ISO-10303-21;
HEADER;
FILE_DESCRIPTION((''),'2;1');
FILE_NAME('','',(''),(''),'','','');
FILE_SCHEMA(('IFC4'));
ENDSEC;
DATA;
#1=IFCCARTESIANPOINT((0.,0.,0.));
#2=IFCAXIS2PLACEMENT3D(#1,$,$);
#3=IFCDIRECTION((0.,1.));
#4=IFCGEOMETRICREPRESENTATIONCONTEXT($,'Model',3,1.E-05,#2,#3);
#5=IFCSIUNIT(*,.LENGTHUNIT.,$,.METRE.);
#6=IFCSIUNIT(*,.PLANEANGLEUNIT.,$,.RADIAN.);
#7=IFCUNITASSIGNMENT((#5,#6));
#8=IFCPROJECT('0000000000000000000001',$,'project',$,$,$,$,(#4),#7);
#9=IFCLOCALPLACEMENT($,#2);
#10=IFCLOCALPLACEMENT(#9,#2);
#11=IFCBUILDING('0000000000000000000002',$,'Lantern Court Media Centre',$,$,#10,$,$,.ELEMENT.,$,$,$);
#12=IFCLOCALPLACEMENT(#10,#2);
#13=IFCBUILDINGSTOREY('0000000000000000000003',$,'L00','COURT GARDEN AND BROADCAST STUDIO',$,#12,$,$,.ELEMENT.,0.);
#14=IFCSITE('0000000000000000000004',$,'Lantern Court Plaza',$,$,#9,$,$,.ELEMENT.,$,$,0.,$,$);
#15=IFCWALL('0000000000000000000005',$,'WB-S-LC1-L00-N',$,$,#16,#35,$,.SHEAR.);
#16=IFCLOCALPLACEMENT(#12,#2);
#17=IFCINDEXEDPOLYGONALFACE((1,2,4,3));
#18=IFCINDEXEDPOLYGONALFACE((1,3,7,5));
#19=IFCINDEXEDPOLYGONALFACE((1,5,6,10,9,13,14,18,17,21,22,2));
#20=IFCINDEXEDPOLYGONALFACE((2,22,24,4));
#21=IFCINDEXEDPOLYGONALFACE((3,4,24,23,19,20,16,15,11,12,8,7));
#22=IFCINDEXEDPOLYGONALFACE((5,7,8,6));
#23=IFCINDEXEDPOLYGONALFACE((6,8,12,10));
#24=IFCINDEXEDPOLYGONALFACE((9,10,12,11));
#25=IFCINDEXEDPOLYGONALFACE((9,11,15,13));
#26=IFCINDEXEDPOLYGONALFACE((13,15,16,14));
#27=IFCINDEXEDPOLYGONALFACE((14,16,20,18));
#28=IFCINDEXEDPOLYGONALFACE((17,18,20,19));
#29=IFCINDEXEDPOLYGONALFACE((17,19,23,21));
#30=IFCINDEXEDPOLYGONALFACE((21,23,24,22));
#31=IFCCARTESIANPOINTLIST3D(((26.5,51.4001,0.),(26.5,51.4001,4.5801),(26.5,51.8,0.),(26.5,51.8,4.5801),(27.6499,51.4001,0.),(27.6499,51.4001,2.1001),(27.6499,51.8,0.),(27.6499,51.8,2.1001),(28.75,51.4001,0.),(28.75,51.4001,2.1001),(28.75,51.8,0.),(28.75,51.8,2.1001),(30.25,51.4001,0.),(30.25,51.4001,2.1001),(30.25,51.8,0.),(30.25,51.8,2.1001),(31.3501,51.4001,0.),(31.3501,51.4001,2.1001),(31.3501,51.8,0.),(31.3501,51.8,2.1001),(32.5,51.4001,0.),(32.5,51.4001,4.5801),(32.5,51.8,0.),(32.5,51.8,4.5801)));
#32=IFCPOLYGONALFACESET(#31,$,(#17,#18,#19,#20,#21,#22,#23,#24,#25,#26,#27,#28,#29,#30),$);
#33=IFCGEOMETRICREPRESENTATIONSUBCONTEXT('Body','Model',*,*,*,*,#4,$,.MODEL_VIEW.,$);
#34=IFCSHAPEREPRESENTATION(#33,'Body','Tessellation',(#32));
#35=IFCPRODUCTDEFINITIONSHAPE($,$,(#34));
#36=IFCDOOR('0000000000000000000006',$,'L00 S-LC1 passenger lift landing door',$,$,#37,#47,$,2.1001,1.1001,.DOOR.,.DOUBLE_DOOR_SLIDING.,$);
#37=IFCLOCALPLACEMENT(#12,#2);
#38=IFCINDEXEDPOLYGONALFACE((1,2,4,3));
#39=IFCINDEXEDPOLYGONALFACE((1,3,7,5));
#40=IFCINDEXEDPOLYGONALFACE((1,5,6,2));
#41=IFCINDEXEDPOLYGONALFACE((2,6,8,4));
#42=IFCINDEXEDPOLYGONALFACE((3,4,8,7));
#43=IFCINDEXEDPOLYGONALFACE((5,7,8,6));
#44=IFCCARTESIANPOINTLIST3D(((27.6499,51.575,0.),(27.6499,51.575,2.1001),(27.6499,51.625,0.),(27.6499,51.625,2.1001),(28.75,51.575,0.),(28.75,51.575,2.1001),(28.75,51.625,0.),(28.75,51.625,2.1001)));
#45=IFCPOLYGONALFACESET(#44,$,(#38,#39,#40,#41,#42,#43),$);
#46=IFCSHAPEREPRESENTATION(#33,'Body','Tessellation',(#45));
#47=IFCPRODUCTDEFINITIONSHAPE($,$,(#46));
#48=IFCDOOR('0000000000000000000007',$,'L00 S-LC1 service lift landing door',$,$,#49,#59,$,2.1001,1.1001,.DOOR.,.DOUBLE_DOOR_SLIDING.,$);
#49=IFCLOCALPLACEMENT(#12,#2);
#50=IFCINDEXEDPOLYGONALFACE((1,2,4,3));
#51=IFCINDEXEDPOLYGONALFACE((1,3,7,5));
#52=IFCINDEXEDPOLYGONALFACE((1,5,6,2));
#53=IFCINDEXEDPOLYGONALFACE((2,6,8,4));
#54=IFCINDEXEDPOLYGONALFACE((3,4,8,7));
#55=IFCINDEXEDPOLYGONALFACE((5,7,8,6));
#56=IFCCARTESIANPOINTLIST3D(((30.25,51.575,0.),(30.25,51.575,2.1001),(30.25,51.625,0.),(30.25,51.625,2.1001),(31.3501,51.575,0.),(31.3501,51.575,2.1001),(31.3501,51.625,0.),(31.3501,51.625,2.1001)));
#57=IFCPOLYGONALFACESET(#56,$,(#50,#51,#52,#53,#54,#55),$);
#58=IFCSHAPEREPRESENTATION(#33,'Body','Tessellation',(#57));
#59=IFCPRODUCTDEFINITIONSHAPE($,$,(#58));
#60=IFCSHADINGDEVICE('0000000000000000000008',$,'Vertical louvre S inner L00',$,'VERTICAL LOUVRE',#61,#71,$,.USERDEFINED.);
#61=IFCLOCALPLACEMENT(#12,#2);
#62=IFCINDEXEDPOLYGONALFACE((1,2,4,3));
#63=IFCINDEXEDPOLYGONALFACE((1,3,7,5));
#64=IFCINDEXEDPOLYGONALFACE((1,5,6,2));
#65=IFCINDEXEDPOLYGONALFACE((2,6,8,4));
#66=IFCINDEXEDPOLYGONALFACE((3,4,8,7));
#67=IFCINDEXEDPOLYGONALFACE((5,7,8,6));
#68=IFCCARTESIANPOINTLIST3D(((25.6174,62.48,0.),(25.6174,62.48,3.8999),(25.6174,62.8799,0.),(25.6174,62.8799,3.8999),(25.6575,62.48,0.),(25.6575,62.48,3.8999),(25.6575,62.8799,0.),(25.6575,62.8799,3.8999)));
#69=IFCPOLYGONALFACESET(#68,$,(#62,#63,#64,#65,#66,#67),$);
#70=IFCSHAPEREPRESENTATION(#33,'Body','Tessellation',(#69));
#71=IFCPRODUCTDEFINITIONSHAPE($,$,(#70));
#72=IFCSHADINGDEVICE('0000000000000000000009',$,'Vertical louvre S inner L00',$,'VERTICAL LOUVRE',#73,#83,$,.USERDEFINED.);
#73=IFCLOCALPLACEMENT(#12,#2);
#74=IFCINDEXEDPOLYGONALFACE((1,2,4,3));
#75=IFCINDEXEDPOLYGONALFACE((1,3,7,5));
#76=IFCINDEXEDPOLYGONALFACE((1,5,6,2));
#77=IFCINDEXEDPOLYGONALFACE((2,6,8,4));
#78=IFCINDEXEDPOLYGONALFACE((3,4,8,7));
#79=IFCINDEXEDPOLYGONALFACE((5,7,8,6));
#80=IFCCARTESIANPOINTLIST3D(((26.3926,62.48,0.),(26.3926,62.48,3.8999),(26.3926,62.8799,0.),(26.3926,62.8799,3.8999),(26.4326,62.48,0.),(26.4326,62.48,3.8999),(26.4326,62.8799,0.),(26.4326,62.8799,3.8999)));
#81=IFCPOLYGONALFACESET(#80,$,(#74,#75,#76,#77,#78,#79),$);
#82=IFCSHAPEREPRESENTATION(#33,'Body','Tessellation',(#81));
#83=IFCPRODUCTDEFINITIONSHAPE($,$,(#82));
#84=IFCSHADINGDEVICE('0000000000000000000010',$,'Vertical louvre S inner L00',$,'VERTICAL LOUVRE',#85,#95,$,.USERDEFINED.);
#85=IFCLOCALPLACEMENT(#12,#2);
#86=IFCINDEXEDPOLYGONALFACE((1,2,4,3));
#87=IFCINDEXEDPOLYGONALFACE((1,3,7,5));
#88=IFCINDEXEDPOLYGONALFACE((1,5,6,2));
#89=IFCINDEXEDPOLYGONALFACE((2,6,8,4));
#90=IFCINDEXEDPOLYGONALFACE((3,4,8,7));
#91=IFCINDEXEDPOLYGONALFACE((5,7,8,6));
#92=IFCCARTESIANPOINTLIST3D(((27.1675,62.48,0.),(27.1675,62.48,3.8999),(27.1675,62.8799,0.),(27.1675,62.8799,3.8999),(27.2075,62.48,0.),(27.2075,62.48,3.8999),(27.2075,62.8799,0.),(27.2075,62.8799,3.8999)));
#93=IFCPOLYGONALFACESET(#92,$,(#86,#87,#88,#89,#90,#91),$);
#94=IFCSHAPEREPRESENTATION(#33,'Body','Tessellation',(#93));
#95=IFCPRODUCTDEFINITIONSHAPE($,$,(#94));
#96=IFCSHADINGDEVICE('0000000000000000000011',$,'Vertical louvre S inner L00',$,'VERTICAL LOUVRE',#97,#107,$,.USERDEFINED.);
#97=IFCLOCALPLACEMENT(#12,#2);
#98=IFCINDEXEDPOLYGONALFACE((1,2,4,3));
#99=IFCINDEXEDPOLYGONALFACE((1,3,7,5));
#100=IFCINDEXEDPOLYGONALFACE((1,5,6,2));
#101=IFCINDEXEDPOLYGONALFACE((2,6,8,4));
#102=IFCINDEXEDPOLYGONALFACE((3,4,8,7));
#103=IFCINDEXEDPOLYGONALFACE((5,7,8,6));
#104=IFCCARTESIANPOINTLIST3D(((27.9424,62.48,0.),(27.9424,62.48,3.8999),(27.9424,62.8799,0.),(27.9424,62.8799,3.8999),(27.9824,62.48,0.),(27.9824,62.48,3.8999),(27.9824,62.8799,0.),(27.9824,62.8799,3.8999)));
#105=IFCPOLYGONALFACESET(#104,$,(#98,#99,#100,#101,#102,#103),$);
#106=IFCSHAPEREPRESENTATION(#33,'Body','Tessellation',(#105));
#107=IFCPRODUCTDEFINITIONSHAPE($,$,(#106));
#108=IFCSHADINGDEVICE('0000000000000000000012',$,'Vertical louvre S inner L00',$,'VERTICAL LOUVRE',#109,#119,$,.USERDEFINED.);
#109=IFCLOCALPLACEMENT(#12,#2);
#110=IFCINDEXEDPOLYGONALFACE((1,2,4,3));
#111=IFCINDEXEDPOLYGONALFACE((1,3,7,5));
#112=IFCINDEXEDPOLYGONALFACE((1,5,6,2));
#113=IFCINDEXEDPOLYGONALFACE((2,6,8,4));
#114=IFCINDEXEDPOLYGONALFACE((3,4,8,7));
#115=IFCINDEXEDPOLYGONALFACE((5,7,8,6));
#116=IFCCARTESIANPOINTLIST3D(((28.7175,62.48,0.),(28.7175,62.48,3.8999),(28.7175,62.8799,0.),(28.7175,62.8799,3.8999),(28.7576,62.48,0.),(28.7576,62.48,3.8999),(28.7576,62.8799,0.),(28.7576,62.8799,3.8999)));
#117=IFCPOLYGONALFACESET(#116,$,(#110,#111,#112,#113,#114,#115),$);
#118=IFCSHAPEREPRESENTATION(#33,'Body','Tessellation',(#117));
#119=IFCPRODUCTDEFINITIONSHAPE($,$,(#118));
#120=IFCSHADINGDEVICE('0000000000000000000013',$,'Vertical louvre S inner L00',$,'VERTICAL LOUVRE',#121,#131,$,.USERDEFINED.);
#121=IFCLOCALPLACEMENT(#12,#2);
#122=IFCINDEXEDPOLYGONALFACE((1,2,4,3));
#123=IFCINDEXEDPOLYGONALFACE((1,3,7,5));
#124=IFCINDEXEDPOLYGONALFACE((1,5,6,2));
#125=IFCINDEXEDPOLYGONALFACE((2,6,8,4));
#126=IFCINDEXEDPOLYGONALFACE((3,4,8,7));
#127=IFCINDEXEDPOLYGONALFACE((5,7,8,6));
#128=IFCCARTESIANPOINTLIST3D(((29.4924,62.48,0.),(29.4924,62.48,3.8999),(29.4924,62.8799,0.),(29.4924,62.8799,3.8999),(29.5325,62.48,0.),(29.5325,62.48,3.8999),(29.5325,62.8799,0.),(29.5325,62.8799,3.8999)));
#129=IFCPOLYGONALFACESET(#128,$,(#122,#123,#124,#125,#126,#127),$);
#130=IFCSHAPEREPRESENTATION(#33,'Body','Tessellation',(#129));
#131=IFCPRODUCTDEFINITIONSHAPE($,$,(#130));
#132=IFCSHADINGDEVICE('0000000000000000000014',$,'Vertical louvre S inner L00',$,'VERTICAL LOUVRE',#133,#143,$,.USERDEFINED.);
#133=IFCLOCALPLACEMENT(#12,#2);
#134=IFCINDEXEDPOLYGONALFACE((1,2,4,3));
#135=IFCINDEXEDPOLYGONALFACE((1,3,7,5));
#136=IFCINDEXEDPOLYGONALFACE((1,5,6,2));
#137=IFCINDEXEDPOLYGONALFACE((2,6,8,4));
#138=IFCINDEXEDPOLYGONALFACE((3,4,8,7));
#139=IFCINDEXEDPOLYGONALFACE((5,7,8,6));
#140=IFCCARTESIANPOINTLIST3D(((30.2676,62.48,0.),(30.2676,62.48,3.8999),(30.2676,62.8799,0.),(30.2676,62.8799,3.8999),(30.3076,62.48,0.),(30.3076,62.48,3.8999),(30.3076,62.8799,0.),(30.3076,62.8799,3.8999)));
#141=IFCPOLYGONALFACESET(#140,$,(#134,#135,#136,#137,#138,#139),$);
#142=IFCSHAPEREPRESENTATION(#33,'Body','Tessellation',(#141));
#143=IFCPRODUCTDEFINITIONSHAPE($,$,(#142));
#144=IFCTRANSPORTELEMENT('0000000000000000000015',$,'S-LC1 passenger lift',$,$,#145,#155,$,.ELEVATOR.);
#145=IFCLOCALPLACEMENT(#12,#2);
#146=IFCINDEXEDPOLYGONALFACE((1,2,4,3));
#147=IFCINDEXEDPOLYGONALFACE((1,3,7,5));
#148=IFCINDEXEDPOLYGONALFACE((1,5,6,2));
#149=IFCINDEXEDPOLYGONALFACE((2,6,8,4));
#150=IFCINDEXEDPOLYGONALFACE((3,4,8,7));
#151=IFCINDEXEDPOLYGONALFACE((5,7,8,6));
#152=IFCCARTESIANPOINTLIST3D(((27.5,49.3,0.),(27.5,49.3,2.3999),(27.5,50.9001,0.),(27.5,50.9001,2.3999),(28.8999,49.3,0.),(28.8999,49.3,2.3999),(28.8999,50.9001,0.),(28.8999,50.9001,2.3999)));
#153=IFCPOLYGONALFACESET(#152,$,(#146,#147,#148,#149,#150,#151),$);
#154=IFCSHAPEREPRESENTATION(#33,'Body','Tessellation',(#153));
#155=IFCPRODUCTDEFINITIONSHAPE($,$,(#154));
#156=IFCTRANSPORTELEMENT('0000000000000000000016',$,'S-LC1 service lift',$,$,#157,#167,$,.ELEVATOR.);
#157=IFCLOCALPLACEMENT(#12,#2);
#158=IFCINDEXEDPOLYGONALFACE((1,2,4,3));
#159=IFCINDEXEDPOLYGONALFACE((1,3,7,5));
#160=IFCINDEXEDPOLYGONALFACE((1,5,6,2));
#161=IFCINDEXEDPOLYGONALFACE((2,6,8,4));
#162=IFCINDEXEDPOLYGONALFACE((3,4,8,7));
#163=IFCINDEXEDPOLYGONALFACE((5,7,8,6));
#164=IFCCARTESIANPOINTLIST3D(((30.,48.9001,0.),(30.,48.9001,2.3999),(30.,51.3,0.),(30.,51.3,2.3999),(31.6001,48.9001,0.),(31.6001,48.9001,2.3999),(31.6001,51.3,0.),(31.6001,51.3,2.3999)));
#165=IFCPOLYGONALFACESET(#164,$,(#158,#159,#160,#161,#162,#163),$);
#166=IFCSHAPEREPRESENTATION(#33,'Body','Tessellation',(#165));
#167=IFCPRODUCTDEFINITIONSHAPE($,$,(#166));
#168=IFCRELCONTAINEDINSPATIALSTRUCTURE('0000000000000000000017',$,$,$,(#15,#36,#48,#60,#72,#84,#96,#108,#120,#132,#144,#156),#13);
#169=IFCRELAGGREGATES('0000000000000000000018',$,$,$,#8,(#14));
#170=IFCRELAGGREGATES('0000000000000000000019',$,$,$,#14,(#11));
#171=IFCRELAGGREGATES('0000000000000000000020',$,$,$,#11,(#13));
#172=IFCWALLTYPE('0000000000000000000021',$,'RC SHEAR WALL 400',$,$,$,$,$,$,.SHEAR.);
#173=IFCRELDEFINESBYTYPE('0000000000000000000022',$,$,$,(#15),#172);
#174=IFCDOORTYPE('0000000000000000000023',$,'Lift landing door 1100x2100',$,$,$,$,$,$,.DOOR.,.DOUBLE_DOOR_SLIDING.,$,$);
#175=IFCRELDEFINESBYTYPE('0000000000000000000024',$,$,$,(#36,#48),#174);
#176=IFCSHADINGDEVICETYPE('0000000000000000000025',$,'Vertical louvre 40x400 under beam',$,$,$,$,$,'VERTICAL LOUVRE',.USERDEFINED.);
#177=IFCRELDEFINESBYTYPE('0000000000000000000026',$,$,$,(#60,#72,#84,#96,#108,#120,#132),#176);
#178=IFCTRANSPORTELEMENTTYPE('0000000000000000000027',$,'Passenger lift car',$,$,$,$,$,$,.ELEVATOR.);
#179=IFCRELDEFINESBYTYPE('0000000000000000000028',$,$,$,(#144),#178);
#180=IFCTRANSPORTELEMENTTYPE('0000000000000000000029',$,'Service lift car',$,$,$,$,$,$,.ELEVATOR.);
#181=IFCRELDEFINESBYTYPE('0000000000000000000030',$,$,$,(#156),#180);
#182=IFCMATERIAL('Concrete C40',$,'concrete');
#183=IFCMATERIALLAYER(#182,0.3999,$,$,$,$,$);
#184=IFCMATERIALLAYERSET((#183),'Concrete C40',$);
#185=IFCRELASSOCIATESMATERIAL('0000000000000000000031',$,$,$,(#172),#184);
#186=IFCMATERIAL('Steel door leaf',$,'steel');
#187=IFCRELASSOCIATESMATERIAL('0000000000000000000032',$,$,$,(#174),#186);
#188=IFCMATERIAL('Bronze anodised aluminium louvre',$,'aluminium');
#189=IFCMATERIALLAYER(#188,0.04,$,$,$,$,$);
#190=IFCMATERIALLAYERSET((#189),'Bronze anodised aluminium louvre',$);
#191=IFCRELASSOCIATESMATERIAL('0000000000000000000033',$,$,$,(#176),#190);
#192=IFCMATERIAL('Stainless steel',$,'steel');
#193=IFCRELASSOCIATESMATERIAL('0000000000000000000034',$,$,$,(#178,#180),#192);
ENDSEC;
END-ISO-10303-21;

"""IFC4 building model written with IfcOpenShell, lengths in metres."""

from ifc_helpers import new_model, si_unit, direction, frame, frame_2d, origin, origin_2d, place, context, subcontext, project, spatial, rectangle, extrude, material, layer, layer_set, type_object, element, fill, save


model = new_model("IFC4")

# Units and contexts
model_context = context("Model", 3, precision=1e-05, world=origin(), true_north=direction((0.0, 1.0)))
body_context = subcontext(model_context, "Body", "Model", "MODEL_VIEW")
ifc_project = project(units=[si_unit("LENGTHUNIT", "METRE"), si_unit("PLANEANGLEUNIT", "RADIAN")], contexts=[model_context])

# Site, building, storey
site_placement = place(None, origin())
site = spatial("IfcSite", under=ifc_project, at=site_placement, Name="Lantern Court Plaza", CompositionType="ELEMENT", RefElevation=0.0)
building_placement = place(site_placement, origin())
building = spatial("IfcBuilding", under=site, at=building_placement, Name="Lantern Court Media Centre", CompositionType="ELEMENT")
storey_placement = place(building_placement, origin())
storey = spatial("IfcBuildingStorey", under=building, at=storey_placement, Name="L00", Description="COURT GARDEN AND BROADCAST STUDIO", CompositionType="ELEMENT", Elevation=0.0)

# Wall, openings, doors
ifc_material_1 = material(Name="Concrete C40", Category="concrete")
ifc_layer_1 = layer(ifc_material_1, 0.3999)
ifc_layer_set_1 = layer_set([ifc_layer_1], Name="Concrete C40")
wall_type_1 = type_object("IfcWallType", Name="RC SHEAR WALL 400", PredefinedType="SHEAR", material=ifc_layer_set_1)
wall_1_placement = place(storey_placement, frame((26.5, 51.6001, 0.0), z_axis=(0.0, 0.0, 1.0), x_axis=(1.0, 0.0, 0.0)))
wall_1 = element("IfcWall", 1, at=wall_1_placement, inside=storey, type_object=wall_type_1, Name="WB-S-LC1-L00-N", PredefinedType="SHEAR", context=body_context, shape_type="SweptSolid", body=[
    extrude(rectangle(XDim=6.0, YDim=0.3999, at=frame_2d((3.0, 0.0))), origin(), (0.0, 0.0, 1.0), 4.5801),
])
opening_1_placement = place(wall_1_placement, frame((1.1499, 0.0, 0.0)))
opening_1 = element("IfcOpeningElement", 2, at=opening_1_placement, cuts=wall_1, PredefinedType="OPENING", context=body_context, shape_type="SweptSolid", body=[
    extrude(rectangle(XDim=1.1001, YDim=2.1001, at=frame_2d((0.55, 1.05))), frame((0.0, 0.21, 0.0), z_axis=(0.0, -1.0, 0.0), x_axis=(1.0, 0.0, 0.0)), (0.0, 0.0, 1.0), 0.4199),
])
opening_2_placement = place(wall_1_placement, frame((3.75, 0.0, 0.0)))
opening_2 = element("IfcOpeningElement", 3, at=opening_2_placement, cuts=wall_1, PredefinedType="OPENING", context=body_context, shape_type="SweptSolid", body=[
    extrude(rectangle(XDim=1.1001, YDim=2.1001, at=frame_2d((0.55, 1.05))), frame((0.0, 0.21, 0.0), z_axis=(0.0, -1.0, 0.0), x_axis=(1.0, 0.0, 0.0)), (0.0, 0.0, 1.0), 0.4199),
])
ifc_material_2 = material(Name="Steel door leaf", Category="steel")
door_type = type_object("IfcDoorType", Name="Lift landing door 1100x2100", OperationType="DOUBLE_DOOR_SLIDING", PredefinedType="DOOR", material=ifc_material_2)
door_1_placement = place(opening_1_placement, origin())
door_1 = element("IfcDoor", 4, at=door_1_placement, inside=storey, type_object=door_type, Name="L00 S-LC1 passenger lift landing door", OperationType="DOUBLE_DOOR_SLIDING", OverallHeight=2.1001, OverallWidth=1.1001, PredefinedType="DOOR", context=body_context, shape_type="SweptSolid", body=[
    extrude(rectangle(XDim=1.1001, YDim=2.1001, at=frame_2d((0.55, 1.05))), frame((0.0, 0.0249, 0.0), z_axis=(0.0, -1.0, 0.0), x_axis=(1.0, 0.0, 0.0)), (0.0, 0.0, 1.0), 0.05),
])
fill(opening_1, door_1)
door_2_placement = place(opening_2_placement, origin())
door_2 = element("IfcDoor", 5, at=door_2_placement, inside=storey, type_object=door_type, Name="L00 S-LC1 service lift landing door", OperationType="DOUBLE_DOOR_SLIDING", OverallHeight=2.1001, OverallWidth=1.1001, PredefinedType="DOOR", context=body_context, shape_type="SweptSolid", body=[
    extrude(rectangle(XDim=1.1001, YDim=2.1001, at=frame_2d((0.55, 1.05))), frame((0.0, 0.0249, 0.0), z_axis=(0.0, -1.0, 0.0), x_axis=(1.0, 0.0, 0.0)), (0.0, 0.0, 1.0), 0.05),
])
fill(opening_2, door_2)

# Shading devices
ifc_material_3 = material(Name="Bronze anodised aluminium louvre", Category="aluminium")
ifc_layer_2 = layer(ifc_material_3, 0.04)
ifc_layer_set_2 = layer_set([ifc_layer_2], Name="Bronze anodised aluminium louvre")
shading_device_type = type_object("IfcShadingDeviceType", Name="Vertical louvre 40x400 under beam", ElementType="VERTICAL LOUVRE", PredefinedType="USERDEFINED", material=ifc_layer_set_2)
for number, where, z_axis, x_axis, name in (
    (6, (25.6375, 62.6799, 0.0), (0.0, 0.0, 1.0), (1.0, 0.0, 0.0), "Vertical louvre S inner L00"),
    (7, (26.4126, 62.6799, 0.0), (0.0, 0.0, 1.0), (1.0, 0.0, 0.0), "Vertical louvre S inner L00"),
    (8, (27.1875, 62.6799, 0.0), (0.0, 0.0, 1.0), (1.0, 0.0, 0.0), "Vertical louvre S inner L00"),
    (9, (27.9624, 62.6799, 0.0), (0.0, 0.0, 1.0), (1.0, 0.0, 0.0), "Vertical louvre S inner L00"),
    (10, (28.7375, 62.6799, 0.0), (0.0, 0.0, 1.0), (1.0, 0.0, 0.0), "Vertical louvre S inner L00"),
    (11, (29.5125, 62.6799, 0.0), (0.0, 0.0, 1.0), (1.0, 0.0, 0.0), "Vertical louvre S inner L00"),
    (12, (30.2876, 62.6799, 0.0), (0.0, 0.0, 1.0), (1.0, 0.0, 0.0), "Vertical louvre S inner L00"),
):
    element("IfcShadingDevice", number, at=place(storey_placement, frame(where, z_axis=z_axis, x_axis=x_axis)), inside=storey, type_object=shading_device_type, Name=name, ObjectType="VERTICAL LOUVRE", PredefinedType="USERDEFINED", context=body_context, shape_type="SweptSolid", body=[
        extrude(rectangle(XDim=0.04, YDim=0.3999, at=origin_2d()), origin(), (0.0, 0.0, 1.0), 3.8999),
    ])

# Transport elements
ifc_material_4 = material(Name="Stainless steel", Category="steel")
transport_element_type_1 = type_object("IfcTransportElementType", Name="Passenger lift car", PredefinedType="ELEVATOR", material=ifc_material_4)
transport_element_1_placement = place(storey_placement, frame((28.2, 50.1001, 0.0), z_axis=(0.0, 0.0, 1.0), x_axis=(1.0, 0.0, 0.0)))
element("IfcTransportElement", 13, at=transport_element_1_placement, inside=storey, type_object=transport_element_type_1, Name="S-LC1 passenger lift", PredefinedType="ELEVATOR", context=body_context, shape_type="SweptSolid", body=[
    extrude(rectangle(XDim=1.3999, YDim=1.6001, at=origin_2d()), origin(), (0.0, 0.0, 1.0), 2.3999),
])
transport_element_type_2 = type_object("IfcTransportElementType", Name="Service lift car", PredefinedType="ELEVATOR", material=ifc_material_4)
transport_element_2_placement = place(storey_placement, frame((30.8, 50.1001, 0.0), z_axis=(0.0, 0.0, 1.0), x_axis=(1.0, 0.0, 0.0)))
element("IfcTransportElement", 14, at=transport_element_2_placement, inside=storey, type_object=transport_element_type_2, Name="S-LC1 service lift", PredefinedType="ELEVATOR", context=body_context, shape_type="SweptSolid", body=[
    extrude(rectangle(XDim=1.6001, YDim=2.3999, at=origin_2d()), origin(), (0.0, 0.0, 1.0), 2.3999),
])

save(model, "model.ifc")
